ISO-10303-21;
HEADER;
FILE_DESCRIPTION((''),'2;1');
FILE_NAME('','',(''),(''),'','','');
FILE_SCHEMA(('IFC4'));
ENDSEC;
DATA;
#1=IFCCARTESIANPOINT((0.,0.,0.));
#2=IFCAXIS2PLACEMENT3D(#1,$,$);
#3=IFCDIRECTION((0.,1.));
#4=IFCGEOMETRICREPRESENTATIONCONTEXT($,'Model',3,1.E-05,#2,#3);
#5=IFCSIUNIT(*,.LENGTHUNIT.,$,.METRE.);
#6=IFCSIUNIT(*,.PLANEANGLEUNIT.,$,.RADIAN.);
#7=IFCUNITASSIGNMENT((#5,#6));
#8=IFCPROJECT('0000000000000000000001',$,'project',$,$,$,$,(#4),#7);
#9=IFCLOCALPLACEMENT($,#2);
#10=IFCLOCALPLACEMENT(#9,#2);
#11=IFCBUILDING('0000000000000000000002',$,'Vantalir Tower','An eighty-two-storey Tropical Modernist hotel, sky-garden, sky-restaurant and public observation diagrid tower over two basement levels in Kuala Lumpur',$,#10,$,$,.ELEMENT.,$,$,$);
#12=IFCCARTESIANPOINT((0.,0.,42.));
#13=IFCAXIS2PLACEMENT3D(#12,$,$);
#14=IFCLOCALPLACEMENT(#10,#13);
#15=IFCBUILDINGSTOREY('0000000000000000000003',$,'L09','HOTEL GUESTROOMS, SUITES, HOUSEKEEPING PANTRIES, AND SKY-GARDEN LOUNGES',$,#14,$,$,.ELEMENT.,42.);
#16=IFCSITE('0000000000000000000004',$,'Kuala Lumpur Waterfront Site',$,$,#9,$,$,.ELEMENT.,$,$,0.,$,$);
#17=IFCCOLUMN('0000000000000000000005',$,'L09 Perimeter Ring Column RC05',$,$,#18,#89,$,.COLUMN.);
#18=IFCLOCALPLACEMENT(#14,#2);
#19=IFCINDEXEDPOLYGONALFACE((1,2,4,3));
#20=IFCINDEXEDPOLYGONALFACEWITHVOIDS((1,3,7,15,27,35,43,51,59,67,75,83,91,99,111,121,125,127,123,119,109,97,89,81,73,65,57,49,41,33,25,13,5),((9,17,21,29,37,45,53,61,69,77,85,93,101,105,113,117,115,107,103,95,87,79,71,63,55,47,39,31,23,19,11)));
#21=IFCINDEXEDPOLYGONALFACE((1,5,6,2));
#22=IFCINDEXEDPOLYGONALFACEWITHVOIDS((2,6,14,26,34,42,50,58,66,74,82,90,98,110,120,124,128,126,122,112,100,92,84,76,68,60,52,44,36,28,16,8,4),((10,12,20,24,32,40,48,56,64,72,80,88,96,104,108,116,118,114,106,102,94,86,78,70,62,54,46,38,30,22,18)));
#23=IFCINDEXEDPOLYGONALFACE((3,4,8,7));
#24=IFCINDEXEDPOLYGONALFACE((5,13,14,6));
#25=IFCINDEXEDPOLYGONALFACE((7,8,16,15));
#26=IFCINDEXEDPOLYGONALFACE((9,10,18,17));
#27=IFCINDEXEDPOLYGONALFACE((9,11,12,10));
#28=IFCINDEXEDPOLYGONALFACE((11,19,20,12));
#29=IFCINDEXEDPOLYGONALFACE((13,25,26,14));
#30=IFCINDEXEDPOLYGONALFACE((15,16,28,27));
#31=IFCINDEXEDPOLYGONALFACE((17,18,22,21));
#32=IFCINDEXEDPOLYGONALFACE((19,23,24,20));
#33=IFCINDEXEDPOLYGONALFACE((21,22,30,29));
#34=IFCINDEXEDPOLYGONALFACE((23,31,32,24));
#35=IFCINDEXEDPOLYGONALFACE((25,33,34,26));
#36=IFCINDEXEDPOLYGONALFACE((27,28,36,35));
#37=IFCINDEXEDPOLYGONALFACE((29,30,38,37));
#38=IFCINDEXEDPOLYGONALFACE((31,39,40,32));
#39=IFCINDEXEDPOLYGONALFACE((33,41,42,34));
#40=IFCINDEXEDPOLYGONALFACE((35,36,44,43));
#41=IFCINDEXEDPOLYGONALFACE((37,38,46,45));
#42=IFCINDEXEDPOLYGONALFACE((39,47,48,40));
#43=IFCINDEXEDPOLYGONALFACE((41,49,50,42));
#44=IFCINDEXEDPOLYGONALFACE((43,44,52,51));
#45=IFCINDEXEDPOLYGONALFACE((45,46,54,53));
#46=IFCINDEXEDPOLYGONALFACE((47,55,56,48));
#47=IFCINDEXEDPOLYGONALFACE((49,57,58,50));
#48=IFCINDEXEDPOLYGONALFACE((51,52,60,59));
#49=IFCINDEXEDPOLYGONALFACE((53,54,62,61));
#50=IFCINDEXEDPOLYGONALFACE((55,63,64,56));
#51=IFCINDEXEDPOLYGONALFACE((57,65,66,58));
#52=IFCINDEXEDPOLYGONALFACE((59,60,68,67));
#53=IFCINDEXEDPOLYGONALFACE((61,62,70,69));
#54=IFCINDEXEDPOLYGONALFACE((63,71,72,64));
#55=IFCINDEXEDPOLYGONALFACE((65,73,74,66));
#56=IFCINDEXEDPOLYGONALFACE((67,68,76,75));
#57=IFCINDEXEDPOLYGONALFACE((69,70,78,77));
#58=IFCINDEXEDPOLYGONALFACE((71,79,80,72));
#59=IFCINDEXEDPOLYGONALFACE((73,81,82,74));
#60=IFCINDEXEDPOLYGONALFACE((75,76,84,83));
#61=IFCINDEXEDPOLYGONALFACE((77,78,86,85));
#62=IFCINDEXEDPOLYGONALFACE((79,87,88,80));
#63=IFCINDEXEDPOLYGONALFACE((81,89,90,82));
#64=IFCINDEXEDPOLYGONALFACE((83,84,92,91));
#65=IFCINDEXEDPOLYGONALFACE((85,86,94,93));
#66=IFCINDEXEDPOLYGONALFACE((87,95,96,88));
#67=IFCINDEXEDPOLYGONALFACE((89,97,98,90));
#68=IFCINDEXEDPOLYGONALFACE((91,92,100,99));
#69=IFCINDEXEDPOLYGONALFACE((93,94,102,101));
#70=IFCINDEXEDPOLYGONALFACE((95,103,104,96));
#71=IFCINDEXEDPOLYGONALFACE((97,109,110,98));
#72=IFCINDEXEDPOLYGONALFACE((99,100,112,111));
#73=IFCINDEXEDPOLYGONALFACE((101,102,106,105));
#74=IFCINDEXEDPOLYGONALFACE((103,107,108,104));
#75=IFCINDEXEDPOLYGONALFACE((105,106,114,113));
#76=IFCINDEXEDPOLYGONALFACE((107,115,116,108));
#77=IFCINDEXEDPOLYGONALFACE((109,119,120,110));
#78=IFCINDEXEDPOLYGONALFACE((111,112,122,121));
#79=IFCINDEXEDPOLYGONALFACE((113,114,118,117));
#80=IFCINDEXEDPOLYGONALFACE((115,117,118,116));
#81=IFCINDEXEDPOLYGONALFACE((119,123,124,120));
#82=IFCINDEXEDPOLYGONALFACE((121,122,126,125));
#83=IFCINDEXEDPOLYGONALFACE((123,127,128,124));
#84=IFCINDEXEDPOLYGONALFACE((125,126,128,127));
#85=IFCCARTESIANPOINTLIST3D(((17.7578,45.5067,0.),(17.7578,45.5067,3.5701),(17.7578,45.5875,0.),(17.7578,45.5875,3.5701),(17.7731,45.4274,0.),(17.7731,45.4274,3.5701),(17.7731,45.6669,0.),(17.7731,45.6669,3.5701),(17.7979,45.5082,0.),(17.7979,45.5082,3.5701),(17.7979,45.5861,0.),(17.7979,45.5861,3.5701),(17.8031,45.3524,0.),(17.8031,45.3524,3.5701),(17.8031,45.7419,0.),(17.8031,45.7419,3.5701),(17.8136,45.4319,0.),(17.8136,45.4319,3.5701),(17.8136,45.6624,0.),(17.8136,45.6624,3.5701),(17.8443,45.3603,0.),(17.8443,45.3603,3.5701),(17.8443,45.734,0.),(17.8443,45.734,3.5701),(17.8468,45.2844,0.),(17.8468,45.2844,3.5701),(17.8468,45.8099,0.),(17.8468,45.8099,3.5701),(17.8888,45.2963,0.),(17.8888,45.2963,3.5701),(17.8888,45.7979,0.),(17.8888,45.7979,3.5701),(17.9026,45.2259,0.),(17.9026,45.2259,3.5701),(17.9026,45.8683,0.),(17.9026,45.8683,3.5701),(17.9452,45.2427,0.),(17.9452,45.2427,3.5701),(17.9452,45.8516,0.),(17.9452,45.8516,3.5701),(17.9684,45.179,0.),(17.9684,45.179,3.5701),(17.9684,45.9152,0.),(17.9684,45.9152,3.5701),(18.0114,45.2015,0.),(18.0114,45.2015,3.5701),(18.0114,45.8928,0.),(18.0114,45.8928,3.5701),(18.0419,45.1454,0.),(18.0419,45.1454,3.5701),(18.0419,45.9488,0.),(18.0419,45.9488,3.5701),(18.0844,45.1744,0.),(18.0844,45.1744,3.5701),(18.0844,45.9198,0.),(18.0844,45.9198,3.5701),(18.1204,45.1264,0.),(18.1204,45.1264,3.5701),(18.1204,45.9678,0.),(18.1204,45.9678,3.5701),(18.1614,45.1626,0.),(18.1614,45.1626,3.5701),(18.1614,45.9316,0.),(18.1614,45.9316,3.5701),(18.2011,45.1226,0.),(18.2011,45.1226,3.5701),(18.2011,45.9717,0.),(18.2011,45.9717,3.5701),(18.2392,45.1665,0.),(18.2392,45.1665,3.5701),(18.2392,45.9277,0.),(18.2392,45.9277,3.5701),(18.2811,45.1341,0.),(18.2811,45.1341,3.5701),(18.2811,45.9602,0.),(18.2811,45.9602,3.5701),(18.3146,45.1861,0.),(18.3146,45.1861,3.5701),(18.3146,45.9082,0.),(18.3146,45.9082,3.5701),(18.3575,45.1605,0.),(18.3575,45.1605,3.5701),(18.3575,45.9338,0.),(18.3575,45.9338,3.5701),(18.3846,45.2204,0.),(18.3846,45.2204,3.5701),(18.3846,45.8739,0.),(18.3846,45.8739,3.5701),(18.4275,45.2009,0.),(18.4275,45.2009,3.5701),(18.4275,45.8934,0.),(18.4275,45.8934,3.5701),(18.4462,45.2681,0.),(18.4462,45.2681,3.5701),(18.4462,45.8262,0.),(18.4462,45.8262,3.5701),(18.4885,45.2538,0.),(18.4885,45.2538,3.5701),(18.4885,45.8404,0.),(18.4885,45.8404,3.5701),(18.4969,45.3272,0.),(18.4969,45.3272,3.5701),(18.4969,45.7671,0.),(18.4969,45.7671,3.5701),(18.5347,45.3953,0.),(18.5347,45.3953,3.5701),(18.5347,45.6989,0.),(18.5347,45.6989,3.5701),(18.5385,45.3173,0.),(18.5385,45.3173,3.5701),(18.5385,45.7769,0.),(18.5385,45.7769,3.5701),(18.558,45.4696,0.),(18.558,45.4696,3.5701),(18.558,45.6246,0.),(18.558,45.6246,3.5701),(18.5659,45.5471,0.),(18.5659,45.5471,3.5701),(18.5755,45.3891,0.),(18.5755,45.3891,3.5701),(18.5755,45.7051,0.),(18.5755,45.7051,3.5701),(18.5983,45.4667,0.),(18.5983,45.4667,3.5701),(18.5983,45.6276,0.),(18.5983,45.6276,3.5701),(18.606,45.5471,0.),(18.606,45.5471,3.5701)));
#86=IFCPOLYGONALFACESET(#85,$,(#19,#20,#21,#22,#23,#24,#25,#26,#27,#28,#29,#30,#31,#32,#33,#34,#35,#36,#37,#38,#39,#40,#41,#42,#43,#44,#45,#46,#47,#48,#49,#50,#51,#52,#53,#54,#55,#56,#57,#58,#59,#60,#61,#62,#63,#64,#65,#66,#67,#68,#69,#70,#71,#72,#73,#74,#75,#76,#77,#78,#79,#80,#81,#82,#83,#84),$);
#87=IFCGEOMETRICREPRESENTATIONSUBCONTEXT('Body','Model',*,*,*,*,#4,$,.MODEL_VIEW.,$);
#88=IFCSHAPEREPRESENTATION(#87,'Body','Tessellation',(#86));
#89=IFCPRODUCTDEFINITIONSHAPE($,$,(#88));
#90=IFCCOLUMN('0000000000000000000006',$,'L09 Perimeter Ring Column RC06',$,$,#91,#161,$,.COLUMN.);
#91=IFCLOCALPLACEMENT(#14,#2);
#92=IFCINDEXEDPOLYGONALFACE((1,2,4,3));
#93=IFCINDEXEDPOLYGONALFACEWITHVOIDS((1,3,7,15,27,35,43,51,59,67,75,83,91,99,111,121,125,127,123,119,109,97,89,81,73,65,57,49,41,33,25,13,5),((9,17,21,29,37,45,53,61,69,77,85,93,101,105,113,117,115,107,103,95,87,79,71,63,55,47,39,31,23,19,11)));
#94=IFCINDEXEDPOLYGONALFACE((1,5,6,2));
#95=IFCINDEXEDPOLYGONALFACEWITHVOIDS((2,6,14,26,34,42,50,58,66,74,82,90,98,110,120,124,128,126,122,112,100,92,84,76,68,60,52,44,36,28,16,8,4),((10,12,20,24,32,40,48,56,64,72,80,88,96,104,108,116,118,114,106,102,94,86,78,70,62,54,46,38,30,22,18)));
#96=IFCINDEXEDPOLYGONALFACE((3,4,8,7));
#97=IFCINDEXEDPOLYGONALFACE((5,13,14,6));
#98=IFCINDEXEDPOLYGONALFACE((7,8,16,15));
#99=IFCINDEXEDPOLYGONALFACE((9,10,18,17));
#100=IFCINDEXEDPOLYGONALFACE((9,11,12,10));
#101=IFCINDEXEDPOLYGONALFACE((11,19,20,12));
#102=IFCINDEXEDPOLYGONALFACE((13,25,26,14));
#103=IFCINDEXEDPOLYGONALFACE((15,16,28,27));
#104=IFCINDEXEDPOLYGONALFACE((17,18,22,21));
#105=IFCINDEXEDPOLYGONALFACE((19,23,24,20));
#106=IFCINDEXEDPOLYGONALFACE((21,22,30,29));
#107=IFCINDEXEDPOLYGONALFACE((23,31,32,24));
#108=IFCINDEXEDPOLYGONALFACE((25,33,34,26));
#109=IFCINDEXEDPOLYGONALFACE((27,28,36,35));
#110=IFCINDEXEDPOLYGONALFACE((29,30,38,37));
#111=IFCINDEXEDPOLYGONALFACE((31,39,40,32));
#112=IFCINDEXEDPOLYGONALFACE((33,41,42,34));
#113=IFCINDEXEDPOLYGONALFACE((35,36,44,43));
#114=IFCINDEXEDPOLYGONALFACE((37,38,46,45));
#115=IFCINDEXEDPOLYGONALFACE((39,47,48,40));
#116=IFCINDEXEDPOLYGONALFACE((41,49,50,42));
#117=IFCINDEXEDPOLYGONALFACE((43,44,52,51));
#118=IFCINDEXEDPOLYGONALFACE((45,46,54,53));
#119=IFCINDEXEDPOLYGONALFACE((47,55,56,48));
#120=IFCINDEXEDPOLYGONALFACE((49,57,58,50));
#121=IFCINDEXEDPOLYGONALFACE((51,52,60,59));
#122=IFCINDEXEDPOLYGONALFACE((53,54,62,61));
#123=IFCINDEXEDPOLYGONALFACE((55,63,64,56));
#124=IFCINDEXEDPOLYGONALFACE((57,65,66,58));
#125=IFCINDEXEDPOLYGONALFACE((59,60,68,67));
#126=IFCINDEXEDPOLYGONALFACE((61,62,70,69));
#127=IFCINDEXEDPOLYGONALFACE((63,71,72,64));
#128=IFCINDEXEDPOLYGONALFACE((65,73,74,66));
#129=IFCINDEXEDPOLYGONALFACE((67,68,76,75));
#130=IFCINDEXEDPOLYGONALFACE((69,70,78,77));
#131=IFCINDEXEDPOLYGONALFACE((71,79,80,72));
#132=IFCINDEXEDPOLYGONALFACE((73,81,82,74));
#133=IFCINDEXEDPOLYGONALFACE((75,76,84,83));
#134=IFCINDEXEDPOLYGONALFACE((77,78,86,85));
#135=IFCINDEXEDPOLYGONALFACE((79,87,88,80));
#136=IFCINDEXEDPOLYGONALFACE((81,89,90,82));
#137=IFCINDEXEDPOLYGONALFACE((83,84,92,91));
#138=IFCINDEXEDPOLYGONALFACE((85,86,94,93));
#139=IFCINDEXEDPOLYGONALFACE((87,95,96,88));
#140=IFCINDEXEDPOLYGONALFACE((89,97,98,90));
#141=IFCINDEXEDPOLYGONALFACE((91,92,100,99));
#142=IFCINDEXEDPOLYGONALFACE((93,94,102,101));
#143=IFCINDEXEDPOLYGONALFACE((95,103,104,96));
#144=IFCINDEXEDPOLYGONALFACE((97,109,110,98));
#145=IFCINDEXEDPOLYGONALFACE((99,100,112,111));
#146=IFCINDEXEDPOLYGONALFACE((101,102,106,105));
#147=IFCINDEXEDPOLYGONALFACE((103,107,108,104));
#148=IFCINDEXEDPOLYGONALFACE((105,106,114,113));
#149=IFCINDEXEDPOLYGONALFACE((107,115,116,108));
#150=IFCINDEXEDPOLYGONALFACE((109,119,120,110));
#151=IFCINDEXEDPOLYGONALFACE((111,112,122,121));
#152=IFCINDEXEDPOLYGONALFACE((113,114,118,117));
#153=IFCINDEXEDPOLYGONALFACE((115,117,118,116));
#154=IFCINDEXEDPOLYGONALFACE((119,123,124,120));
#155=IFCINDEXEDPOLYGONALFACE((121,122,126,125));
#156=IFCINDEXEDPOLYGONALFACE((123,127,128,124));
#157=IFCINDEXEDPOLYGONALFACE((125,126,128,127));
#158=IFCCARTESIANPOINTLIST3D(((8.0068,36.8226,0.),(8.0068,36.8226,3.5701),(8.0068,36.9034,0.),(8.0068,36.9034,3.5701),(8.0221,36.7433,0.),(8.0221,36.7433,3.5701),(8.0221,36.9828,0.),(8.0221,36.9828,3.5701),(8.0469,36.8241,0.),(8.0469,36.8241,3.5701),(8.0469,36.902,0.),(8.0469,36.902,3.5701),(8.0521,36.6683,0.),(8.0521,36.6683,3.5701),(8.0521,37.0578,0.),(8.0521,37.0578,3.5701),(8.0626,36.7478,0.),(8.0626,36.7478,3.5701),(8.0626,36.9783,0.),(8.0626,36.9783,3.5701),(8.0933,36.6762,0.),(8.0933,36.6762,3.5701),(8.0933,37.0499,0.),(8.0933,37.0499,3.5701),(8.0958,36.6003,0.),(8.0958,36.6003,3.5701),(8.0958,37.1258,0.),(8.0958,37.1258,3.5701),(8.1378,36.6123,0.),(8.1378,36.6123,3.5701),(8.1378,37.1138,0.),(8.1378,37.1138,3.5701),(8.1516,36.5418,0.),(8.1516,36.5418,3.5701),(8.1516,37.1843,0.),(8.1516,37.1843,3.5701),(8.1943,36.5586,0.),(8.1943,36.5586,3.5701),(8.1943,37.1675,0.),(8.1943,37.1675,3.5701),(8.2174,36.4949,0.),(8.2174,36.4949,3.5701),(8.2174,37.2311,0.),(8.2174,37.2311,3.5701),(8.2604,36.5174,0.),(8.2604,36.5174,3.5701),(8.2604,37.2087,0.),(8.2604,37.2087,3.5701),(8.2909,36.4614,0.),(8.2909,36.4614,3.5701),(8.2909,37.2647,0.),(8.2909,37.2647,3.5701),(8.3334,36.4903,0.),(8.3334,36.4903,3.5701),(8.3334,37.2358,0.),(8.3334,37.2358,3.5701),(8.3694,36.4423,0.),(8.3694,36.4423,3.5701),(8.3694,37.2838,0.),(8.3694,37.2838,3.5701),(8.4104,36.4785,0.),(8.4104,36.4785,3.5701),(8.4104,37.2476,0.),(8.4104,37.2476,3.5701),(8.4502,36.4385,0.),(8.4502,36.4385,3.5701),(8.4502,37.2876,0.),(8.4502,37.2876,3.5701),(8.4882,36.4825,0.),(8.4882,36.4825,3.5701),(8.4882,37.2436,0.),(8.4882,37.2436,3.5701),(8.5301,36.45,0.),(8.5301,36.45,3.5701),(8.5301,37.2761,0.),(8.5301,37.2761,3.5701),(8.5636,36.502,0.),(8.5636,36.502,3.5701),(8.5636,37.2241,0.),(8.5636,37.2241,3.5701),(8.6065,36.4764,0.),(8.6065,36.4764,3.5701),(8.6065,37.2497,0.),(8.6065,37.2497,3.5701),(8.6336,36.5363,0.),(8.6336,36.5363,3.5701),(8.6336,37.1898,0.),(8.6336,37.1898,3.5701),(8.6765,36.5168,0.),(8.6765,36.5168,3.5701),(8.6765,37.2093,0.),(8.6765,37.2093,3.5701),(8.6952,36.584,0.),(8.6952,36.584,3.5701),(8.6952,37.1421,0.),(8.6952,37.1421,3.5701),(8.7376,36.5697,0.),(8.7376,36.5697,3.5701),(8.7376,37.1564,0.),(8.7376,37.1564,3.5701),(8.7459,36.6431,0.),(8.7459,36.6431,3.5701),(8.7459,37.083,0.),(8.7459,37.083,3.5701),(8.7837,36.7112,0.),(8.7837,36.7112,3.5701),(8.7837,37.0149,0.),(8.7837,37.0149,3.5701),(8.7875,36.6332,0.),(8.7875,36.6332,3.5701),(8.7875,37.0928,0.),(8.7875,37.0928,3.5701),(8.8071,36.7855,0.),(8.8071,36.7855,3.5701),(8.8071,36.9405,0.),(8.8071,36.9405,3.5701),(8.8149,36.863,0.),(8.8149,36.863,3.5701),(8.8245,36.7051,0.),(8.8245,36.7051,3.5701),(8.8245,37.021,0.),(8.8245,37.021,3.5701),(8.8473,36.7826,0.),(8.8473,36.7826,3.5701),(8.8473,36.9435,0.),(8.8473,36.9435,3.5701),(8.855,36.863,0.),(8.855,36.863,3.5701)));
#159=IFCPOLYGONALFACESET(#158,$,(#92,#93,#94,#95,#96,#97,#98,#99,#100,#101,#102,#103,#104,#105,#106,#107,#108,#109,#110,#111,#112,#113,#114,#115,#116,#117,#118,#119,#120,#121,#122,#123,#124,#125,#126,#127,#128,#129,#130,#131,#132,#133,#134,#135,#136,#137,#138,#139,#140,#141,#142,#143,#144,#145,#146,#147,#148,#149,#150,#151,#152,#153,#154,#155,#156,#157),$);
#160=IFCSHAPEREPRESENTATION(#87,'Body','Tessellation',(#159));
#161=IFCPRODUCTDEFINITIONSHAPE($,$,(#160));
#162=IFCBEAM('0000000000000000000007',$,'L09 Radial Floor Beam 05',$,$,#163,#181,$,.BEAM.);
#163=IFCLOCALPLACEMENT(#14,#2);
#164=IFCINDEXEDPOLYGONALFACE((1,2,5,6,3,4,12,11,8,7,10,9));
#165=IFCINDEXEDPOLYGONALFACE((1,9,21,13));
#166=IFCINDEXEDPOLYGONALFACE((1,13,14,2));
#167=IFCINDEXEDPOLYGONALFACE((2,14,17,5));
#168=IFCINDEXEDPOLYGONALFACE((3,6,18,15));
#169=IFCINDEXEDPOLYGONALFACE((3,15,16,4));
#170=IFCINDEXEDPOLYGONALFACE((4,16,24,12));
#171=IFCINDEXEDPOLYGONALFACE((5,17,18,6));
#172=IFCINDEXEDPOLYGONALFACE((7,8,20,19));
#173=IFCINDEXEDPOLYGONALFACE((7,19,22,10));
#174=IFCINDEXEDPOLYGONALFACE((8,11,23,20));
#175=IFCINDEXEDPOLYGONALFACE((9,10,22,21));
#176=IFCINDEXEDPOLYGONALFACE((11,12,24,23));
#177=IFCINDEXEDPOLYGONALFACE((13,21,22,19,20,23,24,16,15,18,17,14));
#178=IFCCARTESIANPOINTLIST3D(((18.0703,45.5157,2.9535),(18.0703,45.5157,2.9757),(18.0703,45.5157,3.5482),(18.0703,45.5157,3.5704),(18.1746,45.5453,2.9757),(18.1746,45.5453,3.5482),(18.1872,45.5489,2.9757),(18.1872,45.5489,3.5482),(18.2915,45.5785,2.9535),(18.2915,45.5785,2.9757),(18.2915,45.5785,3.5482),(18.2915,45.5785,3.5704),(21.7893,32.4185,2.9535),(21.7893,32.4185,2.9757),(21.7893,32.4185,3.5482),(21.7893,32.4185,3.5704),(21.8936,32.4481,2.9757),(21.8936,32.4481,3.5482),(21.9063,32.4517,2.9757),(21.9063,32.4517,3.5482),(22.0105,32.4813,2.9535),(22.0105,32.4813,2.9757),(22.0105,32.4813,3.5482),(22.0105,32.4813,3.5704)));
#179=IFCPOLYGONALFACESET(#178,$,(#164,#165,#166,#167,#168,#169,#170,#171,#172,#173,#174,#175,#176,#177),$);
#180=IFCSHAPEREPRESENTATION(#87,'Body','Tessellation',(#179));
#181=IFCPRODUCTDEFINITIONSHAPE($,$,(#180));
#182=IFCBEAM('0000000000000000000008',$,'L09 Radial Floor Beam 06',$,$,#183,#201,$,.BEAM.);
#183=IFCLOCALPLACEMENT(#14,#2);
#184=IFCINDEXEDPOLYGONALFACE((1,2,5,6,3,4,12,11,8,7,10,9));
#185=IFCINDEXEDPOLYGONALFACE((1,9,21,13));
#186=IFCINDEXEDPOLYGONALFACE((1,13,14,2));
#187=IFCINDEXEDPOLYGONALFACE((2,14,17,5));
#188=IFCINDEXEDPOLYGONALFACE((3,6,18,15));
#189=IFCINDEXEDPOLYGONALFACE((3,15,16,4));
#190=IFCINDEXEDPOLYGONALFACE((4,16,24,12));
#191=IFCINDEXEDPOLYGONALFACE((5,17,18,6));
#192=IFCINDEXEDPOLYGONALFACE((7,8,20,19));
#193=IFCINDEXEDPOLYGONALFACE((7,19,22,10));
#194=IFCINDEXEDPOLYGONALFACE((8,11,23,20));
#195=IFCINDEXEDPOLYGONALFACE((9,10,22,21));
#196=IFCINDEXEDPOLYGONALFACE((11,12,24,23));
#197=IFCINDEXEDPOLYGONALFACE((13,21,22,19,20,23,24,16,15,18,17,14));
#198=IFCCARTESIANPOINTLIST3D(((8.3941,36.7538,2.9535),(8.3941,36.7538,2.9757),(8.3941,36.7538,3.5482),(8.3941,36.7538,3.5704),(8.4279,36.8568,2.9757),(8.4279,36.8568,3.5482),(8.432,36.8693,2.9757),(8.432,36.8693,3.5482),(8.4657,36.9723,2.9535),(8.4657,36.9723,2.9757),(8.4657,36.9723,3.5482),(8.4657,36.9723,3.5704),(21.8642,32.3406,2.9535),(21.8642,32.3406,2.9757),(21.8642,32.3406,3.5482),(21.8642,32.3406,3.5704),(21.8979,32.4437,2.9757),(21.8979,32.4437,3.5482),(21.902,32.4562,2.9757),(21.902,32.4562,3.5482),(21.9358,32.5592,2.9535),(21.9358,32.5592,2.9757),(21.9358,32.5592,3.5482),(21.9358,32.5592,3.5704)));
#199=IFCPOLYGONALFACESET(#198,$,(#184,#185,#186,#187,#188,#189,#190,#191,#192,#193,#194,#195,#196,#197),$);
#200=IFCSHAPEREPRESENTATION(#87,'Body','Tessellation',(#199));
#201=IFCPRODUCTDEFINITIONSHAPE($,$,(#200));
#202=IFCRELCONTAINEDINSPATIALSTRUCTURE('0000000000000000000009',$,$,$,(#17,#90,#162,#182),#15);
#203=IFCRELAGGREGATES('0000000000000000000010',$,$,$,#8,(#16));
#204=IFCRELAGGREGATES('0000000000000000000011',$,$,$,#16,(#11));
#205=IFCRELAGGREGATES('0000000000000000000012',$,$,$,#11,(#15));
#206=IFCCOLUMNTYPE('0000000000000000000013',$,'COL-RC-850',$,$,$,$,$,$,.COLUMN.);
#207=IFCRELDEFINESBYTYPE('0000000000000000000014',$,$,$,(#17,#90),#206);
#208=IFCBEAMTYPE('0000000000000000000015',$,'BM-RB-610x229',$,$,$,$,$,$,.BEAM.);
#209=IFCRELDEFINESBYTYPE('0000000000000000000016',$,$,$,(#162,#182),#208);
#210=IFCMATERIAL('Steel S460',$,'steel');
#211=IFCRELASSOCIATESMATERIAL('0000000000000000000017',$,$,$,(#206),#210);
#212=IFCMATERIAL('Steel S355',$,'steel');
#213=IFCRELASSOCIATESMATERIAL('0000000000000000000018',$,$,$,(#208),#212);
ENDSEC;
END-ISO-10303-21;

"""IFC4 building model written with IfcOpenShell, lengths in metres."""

from ifc_helpers import new_model, si_unit, direction, frame, origin, origin_2d, place, context, subcontext, project, spatial, hollow_circle, i_section, extrude, material, material_profile, profile_set, type_object, element, save


model = new_model("IFC4")

# Units and contexts
model_context = context("Model", 3, precision=1e-05, world=origin(), true_north=direction((0.0, 1.0)))
body_context = subcontext(model_context, "Body", "Model", "MODEL_VIEW")
ifc_project = project(units=[si_unit("LENGTHUNIT", "METRE"), si_unit("PLANEANGLEUNIT", "RADIAN")], contexts=[model_context])

# Site, building, storey
site_placement = place(None, origin())
site = spatial("IfcSite", under=ifc_project, at=site_placement, Name="Kuala Lumpur Waterfront Site", CompositionType="ELEMENT", RefElevation=0.0)
building_placement = place(site_placement, origin())
building = spatial("IfcBuilding", under=site, at=building_placement, Name="Vantalir Tower", Description="An eighty-two-storey Tropical Modernist hotel, sky-garden, sky-restaurant and public observation diagrid tower over two basement levels in Kuala Lumpur", CompositionType="ELEMENT")
storey_placement = place(building_placement, frame((0.0, 0.0, 42.0)))
storey = spatial("IfcBuildingStorey", under=building, at=storey_placement, Name="L09", Description="HOTEL GUESTROOMS, SUITES, HOUSEKEEPING PANTRIES, AND SKY-GARDEN LOUNGES", CompositionType="ELEMENT", Elevation=42.0)

# Columns
ifc_material_1 = material(Name="Steel S460", Category="steel")
ifc_material_profile_1 = material_profile(ifc_material_1, hollow_circle(Radius=0.425, WallThickness=0.04, at=origin_2d()), Name="Steel S460")
ifc_profile_set_1 = profile_set([ifc_material_profile_1], Name="Steel S460")
column_type = type_object("IfcColumnType", Name="COL-RC-850", PredefinedType="COLUMN", material=ifc_profile_set_1)
for number, where, z_axis, x_axis, name in (
    (1, (18.1809, 45.5471, 0.0), (0.0, 0.0, 1.0), (1.0, 0.0, 0.0), "L09 Perimeter Ring Column RC05"),
    (2, (8.4299, 36.863, 0.0), (0.0, 0.0, 1.0), (1.0, 0.0, 0.0), "L09 Perimeter Ring Column RC06"),
):
    element("IfcColumn", number, at=place(storey_placement, frame(where, z_axis=z_axis, x_axis=x_axis)), inside=storey, type_object=column_type, Name=name, PredefinedType="COLUMN", context=body_context, shape_type="SweptSolid", body=[
        extrude(hollow_circle(Radius=0.425, WallThickness=0.04, at=origin_2d()), origin(), (0.0, 0.0, 1.0), 3.5701),
    ])

# Beams
ifc_material_2 = material(Name="Steel S355", Category="steel")
ifc_material_profile_2 = material_profile(ifc_material_2, i_section(OverallWidth=0.23, OverallDepth=0.6169, WebThickness=0.0132, FlangeThickness=0.0222, at=origin_2d()), Name="Steel S355")
ifc_profile_set_2 = profile_set([ifc_material_profile_2], Name="Steel S355")
beam_type_1 = type_object("IfcBeamType", Name="BM-RB-610x229", PredefinedType="BEAM", material=ifc_profile_set_2)
beam_1_placement = place(storey_placement, frame((18.1809, 45.5471, 3.262), z_axis=(0.273155, -0.96197, 0.0), x_axis=(0.96197, 0.273155, 0.0)))
element("IfcBeam", 3, at=beam_1_placement, inside=storey, type_object=beam_type_1, Name="L09 Radial Floor Beam 05", PredefinedType="BEAM", context=body_context, shape_type="SweptSolid", body=[
    extrude(i_section(OverallWidth=0.23, OverallDepth=0.6169, WebThickness=0.0132, FlangeThickness=0.0222, at=origin_2d()), origin(), (0.0, 0.0, 1.0), 13.615),
])
beam_2_placement = place(storey_placement, frame((8.4299, 36.863, 3.262), z_axis=(0.950298, -0.311341, 0.0), x_axis=(0.311341, 0.950298, 0.0)))
element("IfcBeam", 4, at=beam_2_placement, inside=storey, type_object=beam_type_1, Name="L09 Radial Floor Beam 06", PredefinedType="BEAM", context=body_context, shape_type="SweptSolid", body=[
    extrude(i_section(OverallWidth=0.23, OverallDepth=0.6169, WebThickness=0.0132, FlangeThickness=0.0222, at=origin_2d()), origin(), (0.0, 0.0, 1.0), 14.1746),
])

save(model, "model.ifc")
